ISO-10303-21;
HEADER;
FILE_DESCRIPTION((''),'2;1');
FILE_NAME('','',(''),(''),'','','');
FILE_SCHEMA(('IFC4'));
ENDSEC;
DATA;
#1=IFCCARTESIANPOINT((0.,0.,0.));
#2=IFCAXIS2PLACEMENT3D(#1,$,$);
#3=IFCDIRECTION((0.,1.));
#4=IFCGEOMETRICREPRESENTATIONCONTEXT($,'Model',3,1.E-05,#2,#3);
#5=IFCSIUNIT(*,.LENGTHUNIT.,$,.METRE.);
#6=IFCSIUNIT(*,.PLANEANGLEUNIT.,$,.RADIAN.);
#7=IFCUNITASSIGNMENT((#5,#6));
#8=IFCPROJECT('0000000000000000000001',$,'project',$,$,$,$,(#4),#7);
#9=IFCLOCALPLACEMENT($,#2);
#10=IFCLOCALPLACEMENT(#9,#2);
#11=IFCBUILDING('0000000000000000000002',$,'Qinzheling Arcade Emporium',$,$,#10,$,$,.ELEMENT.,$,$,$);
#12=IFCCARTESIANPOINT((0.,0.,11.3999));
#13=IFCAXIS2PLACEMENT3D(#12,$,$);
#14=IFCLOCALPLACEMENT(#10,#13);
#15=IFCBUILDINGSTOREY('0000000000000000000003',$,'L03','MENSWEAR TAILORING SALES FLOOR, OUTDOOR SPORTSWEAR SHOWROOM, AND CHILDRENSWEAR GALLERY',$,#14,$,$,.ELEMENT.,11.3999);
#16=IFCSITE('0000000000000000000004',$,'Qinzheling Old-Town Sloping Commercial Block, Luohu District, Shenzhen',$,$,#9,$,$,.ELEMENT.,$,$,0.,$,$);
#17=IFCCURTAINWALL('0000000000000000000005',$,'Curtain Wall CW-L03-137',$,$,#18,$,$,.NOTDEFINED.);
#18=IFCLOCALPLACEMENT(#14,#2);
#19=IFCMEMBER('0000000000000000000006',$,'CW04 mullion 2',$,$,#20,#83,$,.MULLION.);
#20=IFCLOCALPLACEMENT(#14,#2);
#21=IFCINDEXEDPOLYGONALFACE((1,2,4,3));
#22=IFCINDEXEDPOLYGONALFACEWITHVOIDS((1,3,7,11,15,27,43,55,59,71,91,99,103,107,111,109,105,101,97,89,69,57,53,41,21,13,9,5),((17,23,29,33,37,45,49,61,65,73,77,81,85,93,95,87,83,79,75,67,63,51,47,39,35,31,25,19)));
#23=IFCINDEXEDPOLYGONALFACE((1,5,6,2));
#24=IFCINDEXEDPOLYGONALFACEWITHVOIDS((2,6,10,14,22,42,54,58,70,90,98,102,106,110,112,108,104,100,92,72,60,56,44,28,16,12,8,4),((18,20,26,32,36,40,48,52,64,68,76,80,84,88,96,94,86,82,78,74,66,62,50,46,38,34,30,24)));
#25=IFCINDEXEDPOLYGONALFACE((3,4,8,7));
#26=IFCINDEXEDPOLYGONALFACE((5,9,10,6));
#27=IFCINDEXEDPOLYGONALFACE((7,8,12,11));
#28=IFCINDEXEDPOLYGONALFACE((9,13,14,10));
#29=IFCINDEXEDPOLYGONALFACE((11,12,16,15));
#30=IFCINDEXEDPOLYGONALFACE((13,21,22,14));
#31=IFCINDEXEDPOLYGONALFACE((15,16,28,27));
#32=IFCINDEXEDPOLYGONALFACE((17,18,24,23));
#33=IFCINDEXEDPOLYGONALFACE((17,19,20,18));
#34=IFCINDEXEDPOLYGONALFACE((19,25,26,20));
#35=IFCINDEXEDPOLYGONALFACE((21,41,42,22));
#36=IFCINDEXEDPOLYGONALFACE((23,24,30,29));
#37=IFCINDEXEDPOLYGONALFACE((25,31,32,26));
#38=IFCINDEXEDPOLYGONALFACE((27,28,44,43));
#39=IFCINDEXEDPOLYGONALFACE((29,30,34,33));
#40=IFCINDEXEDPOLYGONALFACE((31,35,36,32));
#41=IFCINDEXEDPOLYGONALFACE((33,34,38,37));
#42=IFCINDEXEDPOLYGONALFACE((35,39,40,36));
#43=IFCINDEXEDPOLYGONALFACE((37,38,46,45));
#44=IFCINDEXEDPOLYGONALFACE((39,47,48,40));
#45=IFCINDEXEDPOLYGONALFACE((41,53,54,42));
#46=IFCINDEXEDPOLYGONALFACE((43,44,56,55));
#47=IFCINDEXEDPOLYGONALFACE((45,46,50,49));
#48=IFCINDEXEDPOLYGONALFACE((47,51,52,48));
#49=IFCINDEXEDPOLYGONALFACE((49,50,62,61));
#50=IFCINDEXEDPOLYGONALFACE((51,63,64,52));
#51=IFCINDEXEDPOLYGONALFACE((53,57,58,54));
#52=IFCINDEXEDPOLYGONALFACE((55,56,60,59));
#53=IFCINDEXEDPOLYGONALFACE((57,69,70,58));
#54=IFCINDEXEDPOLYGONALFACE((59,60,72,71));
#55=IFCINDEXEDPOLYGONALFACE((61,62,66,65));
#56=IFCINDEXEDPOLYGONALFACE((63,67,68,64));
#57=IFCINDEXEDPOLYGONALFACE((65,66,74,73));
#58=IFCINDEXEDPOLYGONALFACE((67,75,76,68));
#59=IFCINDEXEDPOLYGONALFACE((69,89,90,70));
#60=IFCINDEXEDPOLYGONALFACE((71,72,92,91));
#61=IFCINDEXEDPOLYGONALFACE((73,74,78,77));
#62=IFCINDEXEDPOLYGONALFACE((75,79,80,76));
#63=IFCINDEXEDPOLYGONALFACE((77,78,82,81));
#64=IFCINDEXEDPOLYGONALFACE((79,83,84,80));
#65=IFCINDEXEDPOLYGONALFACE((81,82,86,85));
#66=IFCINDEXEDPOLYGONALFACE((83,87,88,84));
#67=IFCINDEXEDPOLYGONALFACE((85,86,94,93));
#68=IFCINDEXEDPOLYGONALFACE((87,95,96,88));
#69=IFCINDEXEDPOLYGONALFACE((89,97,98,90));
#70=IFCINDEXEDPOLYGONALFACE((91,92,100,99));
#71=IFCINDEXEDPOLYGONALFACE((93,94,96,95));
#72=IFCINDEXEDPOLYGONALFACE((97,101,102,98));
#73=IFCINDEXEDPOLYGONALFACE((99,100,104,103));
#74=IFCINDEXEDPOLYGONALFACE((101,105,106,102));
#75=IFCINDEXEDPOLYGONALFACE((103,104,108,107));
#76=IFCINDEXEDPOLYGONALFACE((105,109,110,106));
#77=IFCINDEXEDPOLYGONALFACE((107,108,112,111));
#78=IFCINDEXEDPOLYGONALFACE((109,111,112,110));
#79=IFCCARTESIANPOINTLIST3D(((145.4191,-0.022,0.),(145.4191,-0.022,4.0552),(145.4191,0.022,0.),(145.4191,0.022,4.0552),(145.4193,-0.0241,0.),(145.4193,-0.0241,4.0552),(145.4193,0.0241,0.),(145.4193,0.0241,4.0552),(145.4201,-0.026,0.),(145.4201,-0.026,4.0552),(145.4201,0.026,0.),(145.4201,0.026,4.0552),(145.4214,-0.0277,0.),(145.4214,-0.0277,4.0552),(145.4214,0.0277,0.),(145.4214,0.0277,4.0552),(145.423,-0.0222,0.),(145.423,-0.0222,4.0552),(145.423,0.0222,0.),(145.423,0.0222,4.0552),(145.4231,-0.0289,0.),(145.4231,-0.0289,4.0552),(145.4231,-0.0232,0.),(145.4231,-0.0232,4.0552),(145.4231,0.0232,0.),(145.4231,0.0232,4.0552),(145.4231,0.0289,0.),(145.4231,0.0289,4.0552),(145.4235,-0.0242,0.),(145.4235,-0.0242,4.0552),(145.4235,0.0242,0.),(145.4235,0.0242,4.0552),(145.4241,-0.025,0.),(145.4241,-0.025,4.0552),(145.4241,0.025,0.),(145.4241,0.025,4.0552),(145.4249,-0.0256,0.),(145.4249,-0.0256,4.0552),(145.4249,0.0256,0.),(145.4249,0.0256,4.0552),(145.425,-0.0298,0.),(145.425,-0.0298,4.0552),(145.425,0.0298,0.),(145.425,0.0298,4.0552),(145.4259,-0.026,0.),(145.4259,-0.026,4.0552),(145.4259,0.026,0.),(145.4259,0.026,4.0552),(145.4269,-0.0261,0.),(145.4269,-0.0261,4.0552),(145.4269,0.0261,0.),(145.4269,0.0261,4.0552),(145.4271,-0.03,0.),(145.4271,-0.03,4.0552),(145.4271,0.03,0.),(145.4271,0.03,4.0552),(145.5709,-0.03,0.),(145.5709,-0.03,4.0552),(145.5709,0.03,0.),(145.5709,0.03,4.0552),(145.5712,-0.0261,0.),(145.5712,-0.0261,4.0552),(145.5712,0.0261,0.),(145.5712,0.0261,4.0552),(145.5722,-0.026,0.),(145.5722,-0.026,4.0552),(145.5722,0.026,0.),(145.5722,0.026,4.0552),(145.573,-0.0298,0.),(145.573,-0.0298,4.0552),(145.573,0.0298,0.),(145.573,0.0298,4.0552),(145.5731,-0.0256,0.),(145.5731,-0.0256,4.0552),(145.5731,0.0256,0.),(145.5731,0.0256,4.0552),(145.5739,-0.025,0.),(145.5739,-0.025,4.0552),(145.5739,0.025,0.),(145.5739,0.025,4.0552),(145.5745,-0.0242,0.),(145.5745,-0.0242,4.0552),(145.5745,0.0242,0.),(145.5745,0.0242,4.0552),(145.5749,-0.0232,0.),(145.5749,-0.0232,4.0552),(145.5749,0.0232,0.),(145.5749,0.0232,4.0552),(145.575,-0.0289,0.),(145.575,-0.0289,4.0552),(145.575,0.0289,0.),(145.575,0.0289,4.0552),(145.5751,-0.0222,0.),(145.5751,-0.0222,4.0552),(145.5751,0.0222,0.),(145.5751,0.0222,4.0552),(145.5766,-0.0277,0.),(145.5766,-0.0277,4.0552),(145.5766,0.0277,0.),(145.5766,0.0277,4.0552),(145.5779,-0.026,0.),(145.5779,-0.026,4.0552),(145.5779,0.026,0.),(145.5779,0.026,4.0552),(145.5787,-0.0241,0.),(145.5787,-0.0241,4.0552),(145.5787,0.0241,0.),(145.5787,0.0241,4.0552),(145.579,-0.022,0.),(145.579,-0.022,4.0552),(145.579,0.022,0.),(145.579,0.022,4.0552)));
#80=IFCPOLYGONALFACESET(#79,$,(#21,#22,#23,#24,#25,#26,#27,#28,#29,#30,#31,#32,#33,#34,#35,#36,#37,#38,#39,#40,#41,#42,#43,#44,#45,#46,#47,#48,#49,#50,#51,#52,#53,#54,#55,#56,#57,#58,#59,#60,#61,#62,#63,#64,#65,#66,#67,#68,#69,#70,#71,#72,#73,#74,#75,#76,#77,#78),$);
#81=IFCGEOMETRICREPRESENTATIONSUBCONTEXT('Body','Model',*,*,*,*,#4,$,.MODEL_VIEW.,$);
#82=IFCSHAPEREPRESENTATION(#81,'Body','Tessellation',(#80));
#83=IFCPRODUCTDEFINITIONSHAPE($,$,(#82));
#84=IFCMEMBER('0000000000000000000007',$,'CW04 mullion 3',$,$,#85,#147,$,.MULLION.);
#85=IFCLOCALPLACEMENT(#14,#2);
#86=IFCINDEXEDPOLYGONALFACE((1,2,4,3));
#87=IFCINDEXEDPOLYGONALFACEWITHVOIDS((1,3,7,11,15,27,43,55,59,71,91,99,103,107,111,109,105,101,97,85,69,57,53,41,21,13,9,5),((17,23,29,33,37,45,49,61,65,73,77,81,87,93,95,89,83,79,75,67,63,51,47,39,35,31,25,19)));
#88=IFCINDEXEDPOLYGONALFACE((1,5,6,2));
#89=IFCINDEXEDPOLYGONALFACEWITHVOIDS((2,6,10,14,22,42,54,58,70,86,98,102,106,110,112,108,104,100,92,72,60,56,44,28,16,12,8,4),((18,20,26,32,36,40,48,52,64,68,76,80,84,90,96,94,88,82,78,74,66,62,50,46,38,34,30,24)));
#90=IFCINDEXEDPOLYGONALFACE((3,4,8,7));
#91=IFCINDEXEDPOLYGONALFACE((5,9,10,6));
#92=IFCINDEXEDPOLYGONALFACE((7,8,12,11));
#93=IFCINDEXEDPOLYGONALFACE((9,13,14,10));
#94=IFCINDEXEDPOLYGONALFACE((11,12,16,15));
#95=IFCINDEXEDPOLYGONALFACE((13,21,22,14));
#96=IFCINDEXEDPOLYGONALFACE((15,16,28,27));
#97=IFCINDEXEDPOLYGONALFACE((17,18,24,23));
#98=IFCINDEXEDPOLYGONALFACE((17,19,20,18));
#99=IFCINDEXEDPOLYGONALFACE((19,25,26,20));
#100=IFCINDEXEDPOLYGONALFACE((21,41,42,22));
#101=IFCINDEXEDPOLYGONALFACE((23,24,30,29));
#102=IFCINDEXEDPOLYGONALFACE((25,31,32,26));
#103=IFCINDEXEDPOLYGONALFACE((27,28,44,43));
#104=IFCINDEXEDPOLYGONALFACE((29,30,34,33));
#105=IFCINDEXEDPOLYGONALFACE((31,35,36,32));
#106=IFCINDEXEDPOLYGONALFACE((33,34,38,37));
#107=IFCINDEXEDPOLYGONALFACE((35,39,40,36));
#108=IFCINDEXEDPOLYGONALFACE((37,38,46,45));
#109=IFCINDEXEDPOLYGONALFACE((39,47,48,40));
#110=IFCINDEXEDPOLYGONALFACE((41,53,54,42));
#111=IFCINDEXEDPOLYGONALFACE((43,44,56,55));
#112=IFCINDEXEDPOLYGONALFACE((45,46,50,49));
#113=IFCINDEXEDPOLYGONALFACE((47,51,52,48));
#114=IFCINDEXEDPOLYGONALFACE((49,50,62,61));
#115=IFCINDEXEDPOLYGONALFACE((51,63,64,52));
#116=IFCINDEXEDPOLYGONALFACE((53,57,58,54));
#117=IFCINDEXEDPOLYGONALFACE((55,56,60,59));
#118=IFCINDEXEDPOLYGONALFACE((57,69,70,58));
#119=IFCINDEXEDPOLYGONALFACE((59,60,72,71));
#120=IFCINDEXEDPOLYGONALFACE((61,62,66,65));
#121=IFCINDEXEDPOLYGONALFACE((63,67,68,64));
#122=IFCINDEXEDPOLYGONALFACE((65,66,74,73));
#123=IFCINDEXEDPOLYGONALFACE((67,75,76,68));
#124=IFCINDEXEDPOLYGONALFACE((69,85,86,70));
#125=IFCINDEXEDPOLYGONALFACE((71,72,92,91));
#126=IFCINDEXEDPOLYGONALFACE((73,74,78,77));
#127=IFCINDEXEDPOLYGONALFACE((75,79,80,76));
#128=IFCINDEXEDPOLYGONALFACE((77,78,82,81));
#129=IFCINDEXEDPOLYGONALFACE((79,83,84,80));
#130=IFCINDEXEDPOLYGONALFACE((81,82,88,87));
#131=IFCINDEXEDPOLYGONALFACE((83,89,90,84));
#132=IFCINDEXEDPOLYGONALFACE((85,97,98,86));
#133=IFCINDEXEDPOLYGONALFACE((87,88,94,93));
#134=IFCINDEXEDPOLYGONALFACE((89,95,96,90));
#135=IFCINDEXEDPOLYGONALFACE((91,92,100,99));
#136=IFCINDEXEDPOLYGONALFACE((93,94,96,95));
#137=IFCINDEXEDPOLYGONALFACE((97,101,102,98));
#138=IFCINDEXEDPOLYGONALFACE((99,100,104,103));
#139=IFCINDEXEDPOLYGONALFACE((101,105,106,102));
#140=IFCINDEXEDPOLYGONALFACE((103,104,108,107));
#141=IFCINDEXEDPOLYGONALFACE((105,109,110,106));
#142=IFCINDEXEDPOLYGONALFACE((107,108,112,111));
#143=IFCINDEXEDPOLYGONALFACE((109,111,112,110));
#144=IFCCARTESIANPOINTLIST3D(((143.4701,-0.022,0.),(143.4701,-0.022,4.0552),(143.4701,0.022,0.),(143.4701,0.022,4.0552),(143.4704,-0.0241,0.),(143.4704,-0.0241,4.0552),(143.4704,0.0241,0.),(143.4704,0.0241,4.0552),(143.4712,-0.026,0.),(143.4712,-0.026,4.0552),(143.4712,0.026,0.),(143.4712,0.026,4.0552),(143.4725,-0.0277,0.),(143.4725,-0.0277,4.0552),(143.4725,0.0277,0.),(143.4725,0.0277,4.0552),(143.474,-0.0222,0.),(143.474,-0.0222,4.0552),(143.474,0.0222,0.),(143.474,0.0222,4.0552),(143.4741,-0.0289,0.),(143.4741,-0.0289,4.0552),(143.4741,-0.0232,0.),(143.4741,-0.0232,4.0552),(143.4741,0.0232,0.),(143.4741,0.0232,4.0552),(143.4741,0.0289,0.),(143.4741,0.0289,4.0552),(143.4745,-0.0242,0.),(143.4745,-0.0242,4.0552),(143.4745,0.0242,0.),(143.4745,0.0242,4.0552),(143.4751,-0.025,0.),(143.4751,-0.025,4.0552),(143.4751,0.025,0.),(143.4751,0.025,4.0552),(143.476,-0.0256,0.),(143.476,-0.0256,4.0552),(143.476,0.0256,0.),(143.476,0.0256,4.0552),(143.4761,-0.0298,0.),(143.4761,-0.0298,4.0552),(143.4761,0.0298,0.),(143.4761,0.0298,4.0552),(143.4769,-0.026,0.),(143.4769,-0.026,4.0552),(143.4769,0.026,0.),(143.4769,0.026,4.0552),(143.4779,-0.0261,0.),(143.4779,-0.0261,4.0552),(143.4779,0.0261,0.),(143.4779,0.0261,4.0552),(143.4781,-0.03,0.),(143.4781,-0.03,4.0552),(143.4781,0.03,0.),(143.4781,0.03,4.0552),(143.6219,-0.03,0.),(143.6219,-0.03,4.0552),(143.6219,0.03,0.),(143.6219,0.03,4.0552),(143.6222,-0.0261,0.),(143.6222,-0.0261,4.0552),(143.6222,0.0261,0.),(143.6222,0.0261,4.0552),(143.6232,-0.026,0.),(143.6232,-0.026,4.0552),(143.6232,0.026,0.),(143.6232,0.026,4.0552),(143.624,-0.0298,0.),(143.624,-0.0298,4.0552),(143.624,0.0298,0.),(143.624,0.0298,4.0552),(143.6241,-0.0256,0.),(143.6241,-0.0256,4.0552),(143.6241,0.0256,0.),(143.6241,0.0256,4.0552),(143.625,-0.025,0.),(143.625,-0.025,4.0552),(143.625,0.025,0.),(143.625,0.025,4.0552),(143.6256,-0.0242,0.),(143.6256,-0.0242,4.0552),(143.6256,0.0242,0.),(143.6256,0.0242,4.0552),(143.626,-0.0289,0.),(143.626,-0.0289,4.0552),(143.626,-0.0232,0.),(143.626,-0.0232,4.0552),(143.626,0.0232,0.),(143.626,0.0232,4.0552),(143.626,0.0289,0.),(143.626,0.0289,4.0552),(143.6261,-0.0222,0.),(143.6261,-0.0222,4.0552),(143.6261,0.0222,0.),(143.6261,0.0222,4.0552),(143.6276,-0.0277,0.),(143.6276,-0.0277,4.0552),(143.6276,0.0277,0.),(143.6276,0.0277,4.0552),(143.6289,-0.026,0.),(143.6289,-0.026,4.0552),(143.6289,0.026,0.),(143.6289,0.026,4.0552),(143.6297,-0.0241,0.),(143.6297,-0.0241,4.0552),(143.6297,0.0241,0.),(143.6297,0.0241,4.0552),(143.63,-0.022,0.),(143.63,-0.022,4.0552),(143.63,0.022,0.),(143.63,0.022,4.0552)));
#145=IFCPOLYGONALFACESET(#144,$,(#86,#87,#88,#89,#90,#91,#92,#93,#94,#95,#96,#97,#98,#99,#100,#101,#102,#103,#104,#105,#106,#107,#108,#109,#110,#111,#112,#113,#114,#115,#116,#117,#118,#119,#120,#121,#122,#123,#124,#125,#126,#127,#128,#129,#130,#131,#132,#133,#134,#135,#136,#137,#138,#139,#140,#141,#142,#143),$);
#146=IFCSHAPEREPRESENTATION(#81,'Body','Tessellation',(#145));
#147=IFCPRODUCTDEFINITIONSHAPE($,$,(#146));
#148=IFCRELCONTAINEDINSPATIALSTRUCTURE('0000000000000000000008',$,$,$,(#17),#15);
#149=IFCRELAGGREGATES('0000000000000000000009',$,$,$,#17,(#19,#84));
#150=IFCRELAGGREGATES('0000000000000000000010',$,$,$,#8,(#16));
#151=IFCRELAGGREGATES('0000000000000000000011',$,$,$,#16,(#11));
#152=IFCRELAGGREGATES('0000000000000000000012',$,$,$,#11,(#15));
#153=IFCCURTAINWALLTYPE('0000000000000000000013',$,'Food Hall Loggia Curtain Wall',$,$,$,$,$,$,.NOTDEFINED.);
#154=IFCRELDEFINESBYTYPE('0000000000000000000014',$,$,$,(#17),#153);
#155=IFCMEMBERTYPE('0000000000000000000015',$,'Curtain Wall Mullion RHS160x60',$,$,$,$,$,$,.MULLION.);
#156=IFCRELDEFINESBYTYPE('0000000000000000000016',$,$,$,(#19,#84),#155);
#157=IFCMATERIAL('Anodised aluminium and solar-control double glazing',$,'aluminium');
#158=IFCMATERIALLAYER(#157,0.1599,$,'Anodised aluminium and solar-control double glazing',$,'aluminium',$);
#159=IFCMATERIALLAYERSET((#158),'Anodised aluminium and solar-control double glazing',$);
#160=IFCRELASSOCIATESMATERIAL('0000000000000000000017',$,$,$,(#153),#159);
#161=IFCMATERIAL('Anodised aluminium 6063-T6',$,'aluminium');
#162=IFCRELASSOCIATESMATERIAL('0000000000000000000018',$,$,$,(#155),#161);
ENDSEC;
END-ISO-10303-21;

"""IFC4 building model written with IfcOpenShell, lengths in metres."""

from ifc_helpers import new_model, si_unit, direction, frame, origin, origin_2d, place, context, subcontext, project, spatial, hollow_rectangle, extrude, material, layer, layer_set, material_profile, profile_set, type_object, element, aggregate, save


model = new_model("IFC4")

# Units and contexts
model_context = context("Model", 3, precision=1e-05, world=origin(), true_north=direction((0.0, 1.0)))
body_context = subcontext(model_context, "Body", "Model", "MODEL_VIEW")
ifc_project = project(units=[si_unit("LENGTHUNIT", "METRE"), si_unit("PLANEANGLEUNIT", "RADIAN")], contexts=[model_context])

# Site, building, storey
site_placement = place(None, origin())
site = spatial("IfcSite", under=ifc_project, at=site_placement, Name="Qinzheling Old-Town Sloping Commercial Block, Luohu District, Shenzhen", CompositionType="ELEMENT", RefElevation=0.0)
building_placement = place(site_placement, origin())
building = spatial("IfcBuilding", under=site, at=building_placement, Name="Qinzheling Arcade Emporium", CompositionType="ELEMENT")
storey_placement = place(building_placement, frame((0.0, 0.0, 11.3999)))
storey = spatial("IfcBuildingStorey", under=building, at=storey_placement, Name="L03", Description="MENSWEAR TAILORING SALES FLOOR, OUTDOOR SPORTSWEAR SHOWROOM, AND CHILDRENSWEAR GALLERY", CompositionType="ELEMENT", Elevation=11.3999)

# Curtain wall, members
ifc_material_1 = material(Name="Anodised aluminium and solar-control double glazing", Category="aluminium")
ifc_layer_1 = layer(ifc_material_1, 0.1599, Name="Anodised aluminium and solar-control double glazing", Category="aluminium")
ifc_layer_set_1 = layer_set([ifc_layer_1], Name="Anodised aluminium and solar-control double glazing")
curtain_wall_type = type_object("IfcCurtainWallType", Name="Food Hall Loggia Curtain Wall", PredefinedType="NOTDEFINED", material=ifc_layer_set_1)
curtain_wall_placement = place(storey_placement, origin())
curtain_wall = element("IfcCurtainWall", 1, at=curtain_wall_placement, inside=storey, type_object=curtain_wall_type, Name="Curtain Wall CW-L03-137", PredefinedType="NOTDEFINED")
ifc_material_2 = material(Name="Anodised aluminium 6063-T6", Category="aluminium")
ifc_material_profile_1 = material_profile(ifc_material_2, hollow_rectangle(XDim=0.0601, YDim=0.1599, WallThickness=0.0039, InnerFilletRadius=0.0039, OuterFilletRadius=0.0081, at=origin_2d()), Name="RHS 160x60x4", Category="aluminium")
ifc_profile_set_1 = profile_set([ifc_material_profile_1], Name="Anodised aluminium 6063-T6")
member_type_1 = type_object("IfcMemberType", Name="Curtain Wall Mullion RHS160x60", PredefinedType="MULLION", material=ifc_profile_set_1)
member_1_placement = place(storey_placement, frame((145.499, 0.0, 0.0), z_axis=(0.0, 0.0, 1.0), x_axis=(0.0, -1.0, 0.0)))
member_1 = element("IfcMember", 2, at=member_1_placement, type_object=member_type_1, Name="CW04 mullion 2", PredefinedType="MULLION", context=body_context, shape_type="SweptSolid", body=[
    extrude(hollow_rectangle(XDim=0.0601, YDim=0.1599, WallThickness=0.0039, InnerFilletRadius=0.0039, OuterFilletRadius=0.0081, at=origin_2d()), origin(), (0.0, 0.0, 1.0), 4.0552),
])
member_2_placement = place(storey_placement, frame((143.55, 0.0, 0.0), z_axis=(0.0, 0.0, 1.0), x_axis=(0.0, -1.0, 0.0)))
member_2 = element("IfcMember", 3, at=member_2_placement, type_object=member_type_1, Name="CW04 mullion 3", PredefinedType="MULLION", context=body_context, shape_type="SweptSolid", body=[
    extrude(hollow_rectangle(XDim=0.0601, YDim=0.1599, WallThickness=0.0039, InnerFilletRadius=0.0039, OuterFilletRadius=0.0081, at=origin_2d()), origin(), (0.0, 0.0, 1.0), 4.0552),
])
aggregate(curtain_wall, [member_1, member_2])

save(model, "model.ifc")
